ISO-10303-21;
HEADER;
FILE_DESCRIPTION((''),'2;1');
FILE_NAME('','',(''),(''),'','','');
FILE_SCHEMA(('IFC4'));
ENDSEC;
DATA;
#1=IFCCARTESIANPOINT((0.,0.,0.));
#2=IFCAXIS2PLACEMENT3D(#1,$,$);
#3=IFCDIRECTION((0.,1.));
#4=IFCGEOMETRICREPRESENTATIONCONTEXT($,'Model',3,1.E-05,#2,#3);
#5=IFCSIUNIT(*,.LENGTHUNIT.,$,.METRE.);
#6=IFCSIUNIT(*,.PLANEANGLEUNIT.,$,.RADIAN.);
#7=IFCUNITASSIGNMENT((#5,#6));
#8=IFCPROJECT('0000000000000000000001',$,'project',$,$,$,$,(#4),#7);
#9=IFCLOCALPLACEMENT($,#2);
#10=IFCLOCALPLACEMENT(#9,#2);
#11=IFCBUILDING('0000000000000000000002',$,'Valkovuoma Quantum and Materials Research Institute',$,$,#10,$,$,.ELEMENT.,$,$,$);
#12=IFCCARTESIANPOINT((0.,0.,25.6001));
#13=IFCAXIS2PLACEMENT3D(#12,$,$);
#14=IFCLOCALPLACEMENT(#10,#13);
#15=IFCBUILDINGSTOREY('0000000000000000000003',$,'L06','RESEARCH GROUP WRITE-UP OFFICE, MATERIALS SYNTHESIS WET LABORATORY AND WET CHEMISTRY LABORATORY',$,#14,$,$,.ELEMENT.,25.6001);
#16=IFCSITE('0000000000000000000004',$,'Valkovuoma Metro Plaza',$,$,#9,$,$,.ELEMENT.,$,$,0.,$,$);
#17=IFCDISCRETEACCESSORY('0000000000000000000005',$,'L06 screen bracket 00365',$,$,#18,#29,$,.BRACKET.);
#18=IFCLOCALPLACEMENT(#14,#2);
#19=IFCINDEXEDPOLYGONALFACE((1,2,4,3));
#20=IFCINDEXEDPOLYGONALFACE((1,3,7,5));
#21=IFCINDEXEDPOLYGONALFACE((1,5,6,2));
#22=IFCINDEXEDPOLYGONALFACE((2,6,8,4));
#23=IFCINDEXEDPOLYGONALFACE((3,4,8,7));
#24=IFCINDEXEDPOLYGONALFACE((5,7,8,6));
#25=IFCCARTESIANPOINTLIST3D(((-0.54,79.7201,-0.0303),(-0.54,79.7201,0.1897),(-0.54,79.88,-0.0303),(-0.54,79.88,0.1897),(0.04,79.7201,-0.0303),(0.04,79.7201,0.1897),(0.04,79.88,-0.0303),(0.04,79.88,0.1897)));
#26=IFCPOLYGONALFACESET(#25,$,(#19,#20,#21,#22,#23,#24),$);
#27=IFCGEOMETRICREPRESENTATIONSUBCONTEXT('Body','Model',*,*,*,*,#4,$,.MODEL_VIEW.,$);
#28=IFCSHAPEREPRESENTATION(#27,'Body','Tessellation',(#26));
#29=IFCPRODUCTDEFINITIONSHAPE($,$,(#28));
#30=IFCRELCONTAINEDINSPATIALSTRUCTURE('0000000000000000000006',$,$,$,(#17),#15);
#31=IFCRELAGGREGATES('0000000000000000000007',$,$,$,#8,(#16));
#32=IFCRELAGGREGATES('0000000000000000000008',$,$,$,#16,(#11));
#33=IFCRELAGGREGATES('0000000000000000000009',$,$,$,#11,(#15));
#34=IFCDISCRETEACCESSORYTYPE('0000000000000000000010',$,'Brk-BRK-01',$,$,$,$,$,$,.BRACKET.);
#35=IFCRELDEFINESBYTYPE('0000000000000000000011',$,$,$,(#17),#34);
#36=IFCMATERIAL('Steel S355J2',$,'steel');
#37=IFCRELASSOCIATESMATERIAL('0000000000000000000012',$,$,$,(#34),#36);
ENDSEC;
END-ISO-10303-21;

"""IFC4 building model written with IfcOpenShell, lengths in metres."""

from ifc_helpers import new_model, si_unit, direction, frame, origin, origin_2d, place, context, subcontext, project, spatial, rectangle, extrude, material, type_object, element, save


model = new_model("IFC4")

# Units and contexts
model_context = context("Model", 3, precision=1e-05, world=origin(), true_north=direction((0.0, 1.0)))
body_context = subcontext(model_context, "Body", "Model", "MODEL_VIEW")
ifc_project = project(units=[si_unit("LENGTHUNIT", "METRE"), si_unit("PLANEANGLEUNIT", "RADIAN")], contexts=[model_context])

# Site, building, storey
site_placement = place(None, origin())
site = spatial("IfcSite", under=ifc_project, at=site_placement, Name="Valkovuoma Metro Plaza", CompositionType="ELEMENT", RefElevation=0.0)
building_placement = place(site_placement, origin())
building = spatial("IfcBuilding", under=site, at=building_placement, Name="Valkovuoma Quantum and Materials Research Institute", CompositionType="ELEMENT")
storey_placement = place(building_placement, frame((0.0, 0.0, 25.6001)))
storey = spatial("IfcBuildingStorey", under=building, at=storey_placement, Name="L06", Description="RESEARCH GROUP WRITE-UP OFFICE, MATERIALS SYNTHESIS WET LABORATORY AND WET CHEMISTRY LABORATORY", CompositionType="ELEMENT", Elevation=25.6001)

# Discrete accessory
ifc_material_1 = material(Name="Steel S355J2", Category="steel")
discrete_accessory_type = type_object("IfcDiscreteAccessoryType", Name="Brk-BRK-01", PredefinedType="BRACKET", material=ifc_material_1)
for number, where, z_axis, x_axis, name in (
    (1, (-0.25, 79.8, -0.0303), (0.0, 0.0, 1.0), (1.0, 0.0, 0.0), "L06 screen bracket 00365"),
):
    element("IfcDiscreteAccessory", number, at=place(storey_placement, frame(where, z_axis=z_axis, x_axis=x_axis)), inside=storey, type_object=discrete_accessory_type, Name=name, PredefinedType="BRACKET", context=body_context, shape_type="SweptSolid", body=[
        extrude(rectangle(XDim=0.5801, YDim=0.1599, at=origin_2d()), origin(), (0.0, 0.0, 1.0), 0.22),
    ])

save(model, "model.ifc")
